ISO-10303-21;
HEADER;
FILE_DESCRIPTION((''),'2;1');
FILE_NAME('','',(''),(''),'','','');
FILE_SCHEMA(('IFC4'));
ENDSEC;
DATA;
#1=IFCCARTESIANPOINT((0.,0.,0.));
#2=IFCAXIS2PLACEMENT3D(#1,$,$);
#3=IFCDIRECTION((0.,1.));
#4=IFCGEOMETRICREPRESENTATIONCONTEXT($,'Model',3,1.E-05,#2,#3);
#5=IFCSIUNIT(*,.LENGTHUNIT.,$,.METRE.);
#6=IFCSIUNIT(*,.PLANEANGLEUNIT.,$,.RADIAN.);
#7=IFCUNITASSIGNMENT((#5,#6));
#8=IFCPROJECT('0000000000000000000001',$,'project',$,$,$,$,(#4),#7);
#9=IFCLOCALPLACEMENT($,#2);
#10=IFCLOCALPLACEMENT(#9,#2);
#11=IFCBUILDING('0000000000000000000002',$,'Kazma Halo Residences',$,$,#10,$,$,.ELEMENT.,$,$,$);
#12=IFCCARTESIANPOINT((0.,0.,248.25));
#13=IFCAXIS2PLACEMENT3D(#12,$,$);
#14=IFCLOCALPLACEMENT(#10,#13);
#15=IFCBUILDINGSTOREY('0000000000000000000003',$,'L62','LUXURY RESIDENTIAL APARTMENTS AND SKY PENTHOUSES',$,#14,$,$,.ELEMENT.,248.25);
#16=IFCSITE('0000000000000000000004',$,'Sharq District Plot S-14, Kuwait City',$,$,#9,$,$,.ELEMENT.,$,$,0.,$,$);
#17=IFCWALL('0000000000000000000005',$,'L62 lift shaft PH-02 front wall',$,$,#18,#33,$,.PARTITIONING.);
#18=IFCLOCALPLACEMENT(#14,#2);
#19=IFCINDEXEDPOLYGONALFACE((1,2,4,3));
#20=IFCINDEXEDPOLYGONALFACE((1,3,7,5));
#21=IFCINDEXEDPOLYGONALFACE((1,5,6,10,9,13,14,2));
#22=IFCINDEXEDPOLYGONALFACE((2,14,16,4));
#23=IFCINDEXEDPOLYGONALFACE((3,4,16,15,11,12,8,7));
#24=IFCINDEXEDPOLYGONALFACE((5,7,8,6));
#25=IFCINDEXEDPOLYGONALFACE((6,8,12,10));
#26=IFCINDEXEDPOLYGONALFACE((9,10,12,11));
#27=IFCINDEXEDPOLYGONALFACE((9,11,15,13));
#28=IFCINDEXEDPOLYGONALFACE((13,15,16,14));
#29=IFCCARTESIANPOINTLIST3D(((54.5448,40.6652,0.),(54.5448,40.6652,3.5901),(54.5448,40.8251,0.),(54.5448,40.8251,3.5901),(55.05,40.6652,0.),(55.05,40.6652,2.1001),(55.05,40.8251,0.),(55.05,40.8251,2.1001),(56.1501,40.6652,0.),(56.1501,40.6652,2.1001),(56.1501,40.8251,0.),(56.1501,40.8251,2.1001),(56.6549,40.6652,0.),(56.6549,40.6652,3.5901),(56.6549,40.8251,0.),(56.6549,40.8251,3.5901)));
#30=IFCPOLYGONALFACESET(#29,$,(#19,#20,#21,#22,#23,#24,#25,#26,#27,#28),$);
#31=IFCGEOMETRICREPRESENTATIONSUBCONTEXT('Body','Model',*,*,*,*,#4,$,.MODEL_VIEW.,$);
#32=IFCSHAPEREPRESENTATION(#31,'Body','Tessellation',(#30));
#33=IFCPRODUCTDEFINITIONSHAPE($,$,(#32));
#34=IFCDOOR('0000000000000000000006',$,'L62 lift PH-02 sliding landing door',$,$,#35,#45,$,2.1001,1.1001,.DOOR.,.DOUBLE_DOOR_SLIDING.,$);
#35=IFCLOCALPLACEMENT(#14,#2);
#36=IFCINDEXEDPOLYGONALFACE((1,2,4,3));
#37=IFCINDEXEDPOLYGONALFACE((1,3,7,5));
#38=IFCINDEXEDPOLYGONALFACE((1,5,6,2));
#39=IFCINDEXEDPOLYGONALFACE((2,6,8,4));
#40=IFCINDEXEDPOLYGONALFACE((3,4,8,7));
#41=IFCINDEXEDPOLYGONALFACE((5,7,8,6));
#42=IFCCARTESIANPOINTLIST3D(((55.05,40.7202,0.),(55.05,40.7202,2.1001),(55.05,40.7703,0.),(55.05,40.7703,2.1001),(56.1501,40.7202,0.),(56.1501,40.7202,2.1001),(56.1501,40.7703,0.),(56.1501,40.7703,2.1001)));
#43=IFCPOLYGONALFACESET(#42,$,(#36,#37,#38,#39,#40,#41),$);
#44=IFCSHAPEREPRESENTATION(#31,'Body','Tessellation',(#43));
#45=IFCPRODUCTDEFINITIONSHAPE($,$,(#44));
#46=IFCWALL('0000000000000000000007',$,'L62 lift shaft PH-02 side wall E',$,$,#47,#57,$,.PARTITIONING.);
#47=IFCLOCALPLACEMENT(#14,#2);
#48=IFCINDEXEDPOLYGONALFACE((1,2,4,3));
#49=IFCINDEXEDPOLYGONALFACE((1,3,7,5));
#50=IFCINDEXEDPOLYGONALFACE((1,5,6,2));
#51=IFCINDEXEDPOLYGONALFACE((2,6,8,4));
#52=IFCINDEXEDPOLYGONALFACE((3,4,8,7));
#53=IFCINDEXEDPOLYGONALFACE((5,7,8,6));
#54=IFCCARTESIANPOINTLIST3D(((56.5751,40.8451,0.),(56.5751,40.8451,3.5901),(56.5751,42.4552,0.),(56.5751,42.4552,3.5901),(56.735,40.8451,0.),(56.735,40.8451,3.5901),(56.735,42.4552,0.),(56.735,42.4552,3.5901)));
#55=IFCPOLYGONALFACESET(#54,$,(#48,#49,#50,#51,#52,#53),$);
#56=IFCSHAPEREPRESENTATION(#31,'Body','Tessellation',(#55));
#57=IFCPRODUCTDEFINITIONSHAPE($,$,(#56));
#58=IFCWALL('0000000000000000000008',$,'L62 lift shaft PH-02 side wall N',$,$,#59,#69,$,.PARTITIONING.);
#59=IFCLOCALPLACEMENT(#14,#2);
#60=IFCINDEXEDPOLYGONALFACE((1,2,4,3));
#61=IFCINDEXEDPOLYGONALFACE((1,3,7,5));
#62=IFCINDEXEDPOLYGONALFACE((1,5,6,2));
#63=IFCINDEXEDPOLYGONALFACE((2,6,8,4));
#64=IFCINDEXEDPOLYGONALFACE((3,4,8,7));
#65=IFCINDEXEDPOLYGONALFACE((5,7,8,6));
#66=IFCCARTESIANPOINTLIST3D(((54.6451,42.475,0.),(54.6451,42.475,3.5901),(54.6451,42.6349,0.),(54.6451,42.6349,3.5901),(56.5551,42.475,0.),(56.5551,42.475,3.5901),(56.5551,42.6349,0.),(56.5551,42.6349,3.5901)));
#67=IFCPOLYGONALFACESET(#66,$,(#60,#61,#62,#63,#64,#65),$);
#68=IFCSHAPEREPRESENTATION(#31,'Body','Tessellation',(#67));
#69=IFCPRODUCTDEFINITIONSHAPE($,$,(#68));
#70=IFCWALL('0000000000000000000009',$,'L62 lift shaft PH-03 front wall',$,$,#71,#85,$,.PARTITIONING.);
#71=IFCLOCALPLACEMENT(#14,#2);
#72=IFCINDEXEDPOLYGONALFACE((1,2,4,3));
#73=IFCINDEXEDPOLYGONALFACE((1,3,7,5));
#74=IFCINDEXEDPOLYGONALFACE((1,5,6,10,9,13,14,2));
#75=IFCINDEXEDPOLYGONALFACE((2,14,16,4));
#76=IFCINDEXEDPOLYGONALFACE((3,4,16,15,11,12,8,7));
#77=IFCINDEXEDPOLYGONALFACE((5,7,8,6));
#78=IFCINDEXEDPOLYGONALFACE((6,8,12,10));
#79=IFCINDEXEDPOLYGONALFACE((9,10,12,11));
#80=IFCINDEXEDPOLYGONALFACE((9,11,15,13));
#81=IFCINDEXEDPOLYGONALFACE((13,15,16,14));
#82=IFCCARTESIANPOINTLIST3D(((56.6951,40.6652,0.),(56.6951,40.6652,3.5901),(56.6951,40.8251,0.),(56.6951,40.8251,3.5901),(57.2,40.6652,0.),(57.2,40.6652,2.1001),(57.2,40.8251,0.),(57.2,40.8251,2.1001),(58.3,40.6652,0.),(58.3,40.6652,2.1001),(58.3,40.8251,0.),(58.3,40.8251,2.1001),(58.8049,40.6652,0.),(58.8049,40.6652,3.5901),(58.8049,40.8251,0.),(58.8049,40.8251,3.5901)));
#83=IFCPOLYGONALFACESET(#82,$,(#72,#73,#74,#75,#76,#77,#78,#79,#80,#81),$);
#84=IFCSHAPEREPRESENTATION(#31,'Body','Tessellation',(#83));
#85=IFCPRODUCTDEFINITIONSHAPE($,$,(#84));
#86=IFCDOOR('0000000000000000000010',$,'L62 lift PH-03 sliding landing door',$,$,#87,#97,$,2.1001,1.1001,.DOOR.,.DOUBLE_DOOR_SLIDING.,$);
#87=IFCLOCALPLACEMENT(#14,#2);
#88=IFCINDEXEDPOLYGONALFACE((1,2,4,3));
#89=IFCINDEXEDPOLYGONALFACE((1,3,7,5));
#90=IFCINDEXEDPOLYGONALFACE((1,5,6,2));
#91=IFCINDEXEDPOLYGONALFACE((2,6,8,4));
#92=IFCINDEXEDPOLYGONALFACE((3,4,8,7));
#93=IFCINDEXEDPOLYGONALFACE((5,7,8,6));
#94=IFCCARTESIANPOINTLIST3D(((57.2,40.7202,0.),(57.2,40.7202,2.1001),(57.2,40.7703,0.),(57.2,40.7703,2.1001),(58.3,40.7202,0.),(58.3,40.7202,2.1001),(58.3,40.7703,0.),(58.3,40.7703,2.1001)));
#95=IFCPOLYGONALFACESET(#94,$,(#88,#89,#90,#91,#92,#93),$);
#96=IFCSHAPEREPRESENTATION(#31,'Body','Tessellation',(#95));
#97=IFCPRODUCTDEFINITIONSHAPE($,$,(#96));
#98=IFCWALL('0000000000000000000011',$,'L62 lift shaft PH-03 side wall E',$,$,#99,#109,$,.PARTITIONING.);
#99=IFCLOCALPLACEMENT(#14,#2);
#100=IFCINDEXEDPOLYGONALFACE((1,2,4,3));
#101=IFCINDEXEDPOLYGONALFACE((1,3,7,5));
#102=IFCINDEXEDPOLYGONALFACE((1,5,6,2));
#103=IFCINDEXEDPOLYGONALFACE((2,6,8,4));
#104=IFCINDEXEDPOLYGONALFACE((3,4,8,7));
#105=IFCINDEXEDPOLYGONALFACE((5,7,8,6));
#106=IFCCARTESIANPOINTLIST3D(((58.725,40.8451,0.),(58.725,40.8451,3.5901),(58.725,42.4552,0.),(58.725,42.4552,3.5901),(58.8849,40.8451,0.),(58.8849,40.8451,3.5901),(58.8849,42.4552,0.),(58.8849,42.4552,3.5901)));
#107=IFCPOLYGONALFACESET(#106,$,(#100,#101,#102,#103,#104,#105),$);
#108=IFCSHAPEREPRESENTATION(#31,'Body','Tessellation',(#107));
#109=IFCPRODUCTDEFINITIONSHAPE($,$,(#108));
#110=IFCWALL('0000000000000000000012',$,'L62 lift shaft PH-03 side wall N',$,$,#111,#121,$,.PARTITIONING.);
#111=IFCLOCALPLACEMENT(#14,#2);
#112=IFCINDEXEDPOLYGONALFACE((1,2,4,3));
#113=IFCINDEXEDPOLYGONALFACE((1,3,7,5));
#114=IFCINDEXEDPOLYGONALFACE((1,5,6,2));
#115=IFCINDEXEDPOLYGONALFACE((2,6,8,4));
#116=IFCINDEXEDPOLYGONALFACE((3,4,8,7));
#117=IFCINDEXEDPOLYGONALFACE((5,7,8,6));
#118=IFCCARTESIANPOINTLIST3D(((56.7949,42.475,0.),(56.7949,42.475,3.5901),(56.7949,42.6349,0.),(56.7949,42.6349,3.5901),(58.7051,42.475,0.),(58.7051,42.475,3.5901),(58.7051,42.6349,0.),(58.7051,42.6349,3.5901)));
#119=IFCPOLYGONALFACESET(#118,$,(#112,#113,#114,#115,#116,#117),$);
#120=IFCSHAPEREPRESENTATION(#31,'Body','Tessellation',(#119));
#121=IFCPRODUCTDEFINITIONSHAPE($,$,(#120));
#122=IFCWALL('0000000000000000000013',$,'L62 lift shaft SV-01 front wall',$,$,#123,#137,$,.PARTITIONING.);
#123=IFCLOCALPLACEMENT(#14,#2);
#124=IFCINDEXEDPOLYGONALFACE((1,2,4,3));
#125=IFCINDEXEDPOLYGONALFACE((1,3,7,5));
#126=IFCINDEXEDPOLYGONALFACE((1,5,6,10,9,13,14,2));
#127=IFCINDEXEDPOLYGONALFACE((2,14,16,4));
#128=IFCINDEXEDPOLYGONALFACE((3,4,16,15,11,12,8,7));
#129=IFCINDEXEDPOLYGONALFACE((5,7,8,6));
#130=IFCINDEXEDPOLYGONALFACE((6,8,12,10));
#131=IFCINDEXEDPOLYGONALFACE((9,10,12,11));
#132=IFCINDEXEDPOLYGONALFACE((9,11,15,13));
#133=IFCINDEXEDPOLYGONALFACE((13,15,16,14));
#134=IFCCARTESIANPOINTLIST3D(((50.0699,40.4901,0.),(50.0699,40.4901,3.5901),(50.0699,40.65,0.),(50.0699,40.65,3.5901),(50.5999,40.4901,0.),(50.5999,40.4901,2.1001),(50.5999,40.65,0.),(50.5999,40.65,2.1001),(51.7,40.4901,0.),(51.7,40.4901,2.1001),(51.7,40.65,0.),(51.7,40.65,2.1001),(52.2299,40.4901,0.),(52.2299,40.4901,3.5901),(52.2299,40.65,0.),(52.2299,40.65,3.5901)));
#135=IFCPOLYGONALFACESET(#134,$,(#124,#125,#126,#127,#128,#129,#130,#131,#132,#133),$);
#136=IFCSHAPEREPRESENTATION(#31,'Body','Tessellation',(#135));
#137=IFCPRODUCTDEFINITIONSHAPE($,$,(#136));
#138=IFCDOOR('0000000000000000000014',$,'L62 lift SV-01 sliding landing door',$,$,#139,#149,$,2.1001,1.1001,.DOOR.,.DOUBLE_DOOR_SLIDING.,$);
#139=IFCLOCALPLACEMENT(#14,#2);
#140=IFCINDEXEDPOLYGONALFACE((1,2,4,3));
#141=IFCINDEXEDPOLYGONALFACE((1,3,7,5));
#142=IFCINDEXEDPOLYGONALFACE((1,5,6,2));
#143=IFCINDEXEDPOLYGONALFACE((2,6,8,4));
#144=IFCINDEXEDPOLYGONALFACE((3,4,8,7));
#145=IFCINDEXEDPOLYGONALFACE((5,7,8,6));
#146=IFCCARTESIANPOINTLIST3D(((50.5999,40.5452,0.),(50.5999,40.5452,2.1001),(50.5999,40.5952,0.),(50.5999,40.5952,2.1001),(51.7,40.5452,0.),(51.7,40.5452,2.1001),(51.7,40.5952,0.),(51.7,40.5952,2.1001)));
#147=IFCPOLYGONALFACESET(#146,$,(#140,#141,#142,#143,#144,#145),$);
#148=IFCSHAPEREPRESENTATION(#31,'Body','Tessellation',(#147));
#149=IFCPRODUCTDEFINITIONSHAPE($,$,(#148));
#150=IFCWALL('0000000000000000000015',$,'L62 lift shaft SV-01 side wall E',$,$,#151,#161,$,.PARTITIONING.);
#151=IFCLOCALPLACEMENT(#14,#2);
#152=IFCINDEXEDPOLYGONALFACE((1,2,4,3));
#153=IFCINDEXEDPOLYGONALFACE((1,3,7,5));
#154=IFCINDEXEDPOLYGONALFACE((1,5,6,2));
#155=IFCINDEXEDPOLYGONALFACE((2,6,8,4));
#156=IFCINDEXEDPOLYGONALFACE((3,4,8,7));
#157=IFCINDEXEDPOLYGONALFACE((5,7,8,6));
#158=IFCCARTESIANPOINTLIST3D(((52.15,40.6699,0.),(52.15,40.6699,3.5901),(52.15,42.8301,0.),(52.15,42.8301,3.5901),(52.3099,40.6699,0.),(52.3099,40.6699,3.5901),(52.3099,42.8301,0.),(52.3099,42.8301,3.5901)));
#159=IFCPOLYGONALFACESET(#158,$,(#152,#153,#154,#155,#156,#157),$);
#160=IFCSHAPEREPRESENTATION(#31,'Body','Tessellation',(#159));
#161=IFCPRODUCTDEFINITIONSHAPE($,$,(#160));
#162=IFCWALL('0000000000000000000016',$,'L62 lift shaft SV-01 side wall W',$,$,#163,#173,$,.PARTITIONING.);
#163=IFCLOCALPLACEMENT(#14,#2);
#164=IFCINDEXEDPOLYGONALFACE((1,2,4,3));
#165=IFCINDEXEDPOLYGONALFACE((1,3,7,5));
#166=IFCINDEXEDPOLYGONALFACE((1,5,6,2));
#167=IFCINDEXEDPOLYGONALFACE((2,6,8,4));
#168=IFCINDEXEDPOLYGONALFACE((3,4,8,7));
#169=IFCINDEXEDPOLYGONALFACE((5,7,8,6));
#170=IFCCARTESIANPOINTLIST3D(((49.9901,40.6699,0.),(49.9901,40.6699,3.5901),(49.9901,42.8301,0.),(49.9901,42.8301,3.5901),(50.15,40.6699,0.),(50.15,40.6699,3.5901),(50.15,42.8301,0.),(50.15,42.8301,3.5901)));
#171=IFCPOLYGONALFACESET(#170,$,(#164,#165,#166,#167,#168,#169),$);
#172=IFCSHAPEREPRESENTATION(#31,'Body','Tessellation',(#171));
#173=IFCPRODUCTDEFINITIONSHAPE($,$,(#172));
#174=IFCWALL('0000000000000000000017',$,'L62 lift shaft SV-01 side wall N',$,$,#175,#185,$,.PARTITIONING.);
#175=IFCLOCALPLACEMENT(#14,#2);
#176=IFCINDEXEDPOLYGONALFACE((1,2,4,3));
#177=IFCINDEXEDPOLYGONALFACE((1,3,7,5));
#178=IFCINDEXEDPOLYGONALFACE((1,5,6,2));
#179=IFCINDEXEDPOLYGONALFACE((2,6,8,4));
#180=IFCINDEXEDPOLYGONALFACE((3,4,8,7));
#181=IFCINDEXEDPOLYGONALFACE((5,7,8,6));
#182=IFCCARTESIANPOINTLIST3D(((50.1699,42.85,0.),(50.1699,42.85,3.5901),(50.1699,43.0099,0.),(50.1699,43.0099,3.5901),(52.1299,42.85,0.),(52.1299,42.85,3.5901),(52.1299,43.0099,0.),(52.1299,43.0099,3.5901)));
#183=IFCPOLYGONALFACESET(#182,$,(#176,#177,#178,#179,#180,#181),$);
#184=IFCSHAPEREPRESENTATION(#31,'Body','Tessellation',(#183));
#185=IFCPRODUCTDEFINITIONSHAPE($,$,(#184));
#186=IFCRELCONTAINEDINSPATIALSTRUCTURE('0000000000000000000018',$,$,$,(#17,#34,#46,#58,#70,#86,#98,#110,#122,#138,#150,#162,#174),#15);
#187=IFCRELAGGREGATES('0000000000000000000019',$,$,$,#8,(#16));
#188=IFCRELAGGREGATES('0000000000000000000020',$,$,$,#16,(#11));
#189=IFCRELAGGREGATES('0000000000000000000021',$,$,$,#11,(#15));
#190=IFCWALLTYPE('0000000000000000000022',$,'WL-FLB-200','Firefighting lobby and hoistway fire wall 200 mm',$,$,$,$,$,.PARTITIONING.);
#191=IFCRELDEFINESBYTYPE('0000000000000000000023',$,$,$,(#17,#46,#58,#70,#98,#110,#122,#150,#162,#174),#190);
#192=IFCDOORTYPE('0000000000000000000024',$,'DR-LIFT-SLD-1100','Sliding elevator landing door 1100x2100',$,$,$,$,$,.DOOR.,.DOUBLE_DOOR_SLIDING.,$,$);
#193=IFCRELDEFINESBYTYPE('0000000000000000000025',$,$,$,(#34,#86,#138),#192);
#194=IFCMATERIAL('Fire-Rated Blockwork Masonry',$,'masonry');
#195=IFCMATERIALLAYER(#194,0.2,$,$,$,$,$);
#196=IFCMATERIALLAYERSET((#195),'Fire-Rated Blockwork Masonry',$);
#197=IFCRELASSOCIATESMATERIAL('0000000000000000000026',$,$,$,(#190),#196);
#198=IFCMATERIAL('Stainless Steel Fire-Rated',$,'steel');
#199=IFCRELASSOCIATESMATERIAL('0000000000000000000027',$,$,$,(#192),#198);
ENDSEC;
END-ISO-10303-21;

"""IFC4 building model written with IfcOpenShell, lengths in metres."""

from ifc_helpers import new_model, si_unit, direction, frame, frame_2d, origin, place, context, subcontext, project, spatial, rectangle, extrude, material, layer, layer_set, type_object, element, fill, save


model = new_model("IFC4")

# Units and contexts
model_context = context("Model", 3, precision=1e-05, world=origin(), true_north=direction((0.0, 1.0)))
body_context = subcontext(model_context, "Body", "Model", "MODEL_VIEW")
ifc_project = project(units=[si_unit("LENGTHUNIT", "METRE"), si_unit("PLANEANGLEUNIT", "RADIAN")], contexts=[model_context])

# Site, building, storey
site_placement = place(None, origin())
site = spatial("IfcSite", under=ifc_project, at=site_placement, Name="Sharq District Plot S-14, Kuwait City", CompositionType="ELEMENT", RefElevation=0.0)
building_placement = place(site_placement, origin())
building = spatial("IfcBuilding", under=site, at=building_placement, Name="Kazma Halo Residences", CompositionType="ELEMENT")
storey_placement = place(building_placement, frame((0.0, 0.0, 248.25)))
storey = spatial("IfcBuildingStorey", under=building, at=storey_placement, Name="L62", Description="LUXURY RESIDENTIAL APARTMENTS AND SKY PENTHOUSES", CompositionType="ELEMENT", Elevation=248.25)

# Shared definitions
ifc_material_1 = material(Name="Fire-Rated Blockwork Masonry", Category="masonry")
ifc_layer_1 = layer(ifc_material_1, 0.2)
ifc_layer_set_1 = layer_set([ifc_layer_1], Name="Fire-Rated Blockwork Masonry")
wall_type_1 = type_object("IfcWallType", Name="WL-FLB-200", Description="Firefighting lobby and hoistway fire wall 200 mm", PredefinedType="PARTITIONING", material=ifc_layer_set_1)
ifc_material_2 = material(Name="Stainless Steel Fire-Rated", Category="steel")
door_type_1 = type_object("IfcDoorType", Name="DR-LIFT-SLD-1100", Description="Sliding elevator landing door 1100x2100", OperationType="DOUBLE_DOOR_SLIDING", PredefinedType="DOOR", material=ifc_material_2)

# Wall, opening, door
wall_1_placement = place(storey_placement, frame((56.655, 40.7451, 0.0), z_axis=(0.0, 0.0, 1.0), x_axis=(-1.0, 0.0, 0.0)))
wall_1 = element("IfcWall", 1, at=wall_1_placement, inside=storey, type_object=wall_type_1, Name="L62 lift shaft PH-02 front wall", PredefinedType="PARTITIONING", context=body_context, shape_type="SweptSolid", body=[
    extrude(rectangle(XDim=2.1101, YDim=0.1599, at=frame_2d((1.0552, 0.0))), origin(), (0.0, 0.0, 1.0), 3.5901),
])
opening_1_placement = place(wall_1_placement, frame((0.5049, 0.0, 0.0)))
opening_1 = element("IfcOpeningElement", 2, at=opening_1_placement, cuts=wall_1, PredefinedType="OPENING", context=body_context, shape_type="SweptSolid", body=[
    extrude(rectangle(XDim=1.1001, YDim=2.1001, at=frame_2d((0.55, 1.05))), frame((0.0, 0.0898, 0.0), z_axis=(0.0, -1.0, 0.0), x_axis=(1.0, 0.0, 0.0)), (0.0, 0.0, 1.0), 0.1799),
])
door_1_placement = place(opening_1_placement, origin())
door_1 = element("IfcDoor", 3, at=door_1_placement, inside=storey, type_object=door_type_1, Name="L62 lift PH-02 sliding landing door", OperationType="DOUBLE_DOOR_SLIDING", OverallHeight=2.1001, OverallWidth=1.1001, PredefinedType="DOOR", context=body_context, shape_type="SweptSolid", body=[
    extrude(rectangle(XDim=1.1001, YDim=2.1001, at=frame_2d((0.55, 1.05))), frame((0.0, 0.0249, 0.0), z_axis=(0.0, -1.0, 0.0), x_axis=(1.0, 0.0, 0.0)), (0.0, 0.0, 1.0), 0.05),
])
fill(opening_1, door_1)

# Walls
wall_2_placement = place(storey_placement, frame((56.655, 40.845, 0.0), z_axis=(0.0, 0.0, 1.0), x_axis=(0.0, 1.0, 0.0)))
element("IfcWall", 4, at=wall_2_placement, inside=storey, type_object=wall_type_1, Name="L62 lift shaft PH-02 side wall E", PredefinedType="PARTITIONING", context=body_context, shape_type="SweptSolid", body=[
    extrude(rectangle(XDim=1.6101, YDim=0.1599, at=frame_2d((0.8052, 0.0))), origin(), (0.0, 0.0, 1.0), 3.5901),
])
wall_3_placement = place(storey_placement, frame((54.645, 42.5549, 0.0), z_axis=(0.0, 0.0, 1.0), x_axis=(1.0, 0.0, 0.0)))
element("IfcWall", 5, at=wall_3_placement, inside=storey, type_object=wall_type_1, Name="L62 lift shaft PH-02 side wall N", PredefinedType="PARTITIONING", context=body_context, shape_type="SweptSolid", body=[
    extrude(rectangle(XDim=1.9099, YDim=0.1599, at=frame_2d((0.9551, 0.0))), origin(), (0.0, 0.0, 1.0), 3.5901),
])

# Wall, opening, door
wall_4_placement = place(storey_placement, frame((58.8049, 40.7451, 0.0), z_axis=(0.0, 0.0, 1.0), x_axis=(-1.0, 0.0, 0.0)))
wall_4 = element("IfcWall", 6, at=wall_4_placement, inside=storey, type_object=wall_type_1, Name="L62 lift shaft PH-03 front wall", PredefinedType="PARTITIONING", context=body_context, shape_type="SweptSolid", body=[
    extrude(rectangle(XDim=2.1099, YDim=0.1599, at=frame_2d((1.0549, 0.0))), origin(), (0.0, 0.0, 1.0), 3.5901),
])
opening_2_placement = place(wall_4_placement, frame((0.5049, 0.0, 0.0)))
opening_2 = element("IfcOpeningElement", 7, at=opening_2_placement, cuts=wall_4, PredefinedType="OPENING", context=body_context, shape_type="SweptSolid", body=[
    extrude(rectangle(XDim=1.1001, YDim=2.1001, at=frame_2d((0.55, 1.05))), frame((0.0, 0.0898, 0.0), z_axis=(0.0, -1.0, 0.0), x_axis=(1.0, 0.0, 0.0)), (0.0, 0.0, 1.0), 0.1799),
])
door_2_placement = place(opening_2_placement, origin())
door_2 = element("IfcDoor", 8, at=door_2_placement, inside=storey, type_object=door_type_1, Name="L62 lift PH-03 sliding landing door", OperationType="DOUBLE_DOOR_SLIDING", OverallHeight=2.1001, OverallWidth=1.1001, PredefinedType="DOOR", context=body_context, shape_type="SweptSolid", body=[
    extrude(rectangle(XDim=1.1001, YDim=2.1001, at=frame_2d((0.55, 1.05))), frame((0.0, 0.0249, 0.0), z_axis=(0.0, -1.0, 0.0), x_axis=(1.0, 0.0, 0.0)), (0.0, 0.0, 1.0), 0.05),
])
fill(opening_2, door_2)

# Walls
wall_5_placement = place(storey_placement, frame((58.8049, 40.845, 0.0), z_axis=(0.0, 0.0, 1.0), x_axis=(0.0, 1.0, 0.0)))
element("IfcWall", 9, at=wall_5_placement, inside=storey, type_object=wall_type_1, Name="L62 lift shaft PH-03 side wall E", PredefinedType="PARTITIONING", context=body_context, shape_type="SweptSolid", body=[
    extrude(rectangle(XDim=1.6101, YDim=0.1599, at=frame_2d((0.8052, 0.0))), origin(), (0.0, 0.0, 1.0), 3.5901),
])
wall_6_placement = place(storey_placement, frame((56.7949, 42.5549, 0.0), z_axis=(0.0, 0.0, 1.0), x_axis=(1.0, 0.0, 0.0)))
element("IfcWall", 10, at=wall_6_placement, inside=storey, type_object=wall_type_1, Name="L62 lift shaft PH-03 side wall N", PredefinedType="PARTITIONING", context=body_context, shape_type="SweptSolid", body=[
    extrude(rectangle(XDim=1.9102, YDim=0.1599, at=frame_2d((0.9551, 0.0))), origin(), (0.0, 0.0, 1.0), 3.5901),
])

# Wall, opening, door
wall_7_placement = place(storey_placement, frame((52.23, 40.5701, 0.0), z_axis=(0.0, 0.0, 1.0), x_axis=(-1.0, 0.0, 0.0)))
wall_7 = element("IfcWall", 11, at=wall_7_placement, inside=storey, type_object=wall_type_1, Name="L62 lift shaft SV-01 front wall", PredefinedType="PARTITIONING", context=body_context, shape_type="SweptSolid", body=[
    extrude(rectangle(XDim=2.1599, YDim=0.1599, at=frame_2d((1.0801, 0.0))), origin(), (0.0, 0.0, 1.0), 3.5901),
])
opening_3_placement = place(wall_7_placement, frame((0.53, 0.0, 0.0)))
opening_3 = element("IfcOpeningElement", 12, at=opening_3_placement, cuts=wall_7, PredefinedType="OPENING", context=body_context, shape_type="SweptSolid", body=[
    extrude(rectangle(XDim=1.1001, YDim=2.1001, at=frame_2d((0.55, 1.05))), frame((0.0, 0.0898, 0.0), z_axis=(0.0, -1.0, 0.0), x_axis=(1.0, 0.0, 0.0)), (0.0, 0.0, 1.0), 0.1799),
])
door_3_placement = place(opening_3_placement, origin())
door_3 = element("IfcDoor", 13, at=door_3_placement, inside=storey, type_object=door_type_1, Name="L62 lift SV-01 sliding landing door", OperationType="DOUBLE_DOOR_SLIDING", OverallHeight=2.1001, OverallWidth=1.1001, PredefinedType="DOOR", context=body_context, shape_type="SweptSolid", body=[
    extrude(rectangle(XDim=1.1001, YDim=2.1001, at=frame_2d((0.55, 1.05))), frame((0.0, 0.0249, 0.0), z_axis=(0.0, -1.0, 0.0), x_axis=(1.0, 0.0, 0.0)), (0.0, 0.0, 1.0), 0.05),
])
fill(opening_3, door_3)

# Walls
for number, where, z_axis, x_axis, name in (
    (14, (52.23, 40.6699, 0.0), (0.0, 0.0, 1.0), (0.0, 1.0, 0.0), "L62 lift shaft SV-01 side wall E"),
    (15, (50.0701, 40.6699, 0.0), (0.0, 0.0, 1.0), (0.0, 1.0, 0.0), "L62 lift shaft SV-01 side wall W"),
):
    element("IfcWall", number, at=place(storey_placement, frame(where, z_axis=z_axis, x_axis=x_axis)), inside=storey, type_object=wall_type_1, Name=name, PredefinedType="PARTITIONING", context=body_context, shape_type="SweptSolid", body=[
        extrude(rectangle(XDim=2.1602, YDim=0.1599, at=frame_2d((1.0801, 0.0))), origin(), (0.0, 0.0, 1.0), 3.5901),
    ])
wall_8_placement = place(storey_placement, frame((50.1699, 42.9299, 0.0), z_axis=(0.0, 0.0, 1.0), x_axis=(1.0, 0.0, 0.0)))
element("IfcWall", 16, at=wall_8_placement, inside=storey, type_object=wall_type_1, Name="L62 lift shaft SV-01 side wall N", PredefinedType="PARTITIONING", context=body_context, shape_type="SweptSolid", body=[
    extrude(rectangle(XDim=1.96, YDim=0.1599, at=frame_2d((0.98, 0.0))), origin(), (0.0, 0.0, 1.0), 3.5901),
])

save(model, "model.ifc")
